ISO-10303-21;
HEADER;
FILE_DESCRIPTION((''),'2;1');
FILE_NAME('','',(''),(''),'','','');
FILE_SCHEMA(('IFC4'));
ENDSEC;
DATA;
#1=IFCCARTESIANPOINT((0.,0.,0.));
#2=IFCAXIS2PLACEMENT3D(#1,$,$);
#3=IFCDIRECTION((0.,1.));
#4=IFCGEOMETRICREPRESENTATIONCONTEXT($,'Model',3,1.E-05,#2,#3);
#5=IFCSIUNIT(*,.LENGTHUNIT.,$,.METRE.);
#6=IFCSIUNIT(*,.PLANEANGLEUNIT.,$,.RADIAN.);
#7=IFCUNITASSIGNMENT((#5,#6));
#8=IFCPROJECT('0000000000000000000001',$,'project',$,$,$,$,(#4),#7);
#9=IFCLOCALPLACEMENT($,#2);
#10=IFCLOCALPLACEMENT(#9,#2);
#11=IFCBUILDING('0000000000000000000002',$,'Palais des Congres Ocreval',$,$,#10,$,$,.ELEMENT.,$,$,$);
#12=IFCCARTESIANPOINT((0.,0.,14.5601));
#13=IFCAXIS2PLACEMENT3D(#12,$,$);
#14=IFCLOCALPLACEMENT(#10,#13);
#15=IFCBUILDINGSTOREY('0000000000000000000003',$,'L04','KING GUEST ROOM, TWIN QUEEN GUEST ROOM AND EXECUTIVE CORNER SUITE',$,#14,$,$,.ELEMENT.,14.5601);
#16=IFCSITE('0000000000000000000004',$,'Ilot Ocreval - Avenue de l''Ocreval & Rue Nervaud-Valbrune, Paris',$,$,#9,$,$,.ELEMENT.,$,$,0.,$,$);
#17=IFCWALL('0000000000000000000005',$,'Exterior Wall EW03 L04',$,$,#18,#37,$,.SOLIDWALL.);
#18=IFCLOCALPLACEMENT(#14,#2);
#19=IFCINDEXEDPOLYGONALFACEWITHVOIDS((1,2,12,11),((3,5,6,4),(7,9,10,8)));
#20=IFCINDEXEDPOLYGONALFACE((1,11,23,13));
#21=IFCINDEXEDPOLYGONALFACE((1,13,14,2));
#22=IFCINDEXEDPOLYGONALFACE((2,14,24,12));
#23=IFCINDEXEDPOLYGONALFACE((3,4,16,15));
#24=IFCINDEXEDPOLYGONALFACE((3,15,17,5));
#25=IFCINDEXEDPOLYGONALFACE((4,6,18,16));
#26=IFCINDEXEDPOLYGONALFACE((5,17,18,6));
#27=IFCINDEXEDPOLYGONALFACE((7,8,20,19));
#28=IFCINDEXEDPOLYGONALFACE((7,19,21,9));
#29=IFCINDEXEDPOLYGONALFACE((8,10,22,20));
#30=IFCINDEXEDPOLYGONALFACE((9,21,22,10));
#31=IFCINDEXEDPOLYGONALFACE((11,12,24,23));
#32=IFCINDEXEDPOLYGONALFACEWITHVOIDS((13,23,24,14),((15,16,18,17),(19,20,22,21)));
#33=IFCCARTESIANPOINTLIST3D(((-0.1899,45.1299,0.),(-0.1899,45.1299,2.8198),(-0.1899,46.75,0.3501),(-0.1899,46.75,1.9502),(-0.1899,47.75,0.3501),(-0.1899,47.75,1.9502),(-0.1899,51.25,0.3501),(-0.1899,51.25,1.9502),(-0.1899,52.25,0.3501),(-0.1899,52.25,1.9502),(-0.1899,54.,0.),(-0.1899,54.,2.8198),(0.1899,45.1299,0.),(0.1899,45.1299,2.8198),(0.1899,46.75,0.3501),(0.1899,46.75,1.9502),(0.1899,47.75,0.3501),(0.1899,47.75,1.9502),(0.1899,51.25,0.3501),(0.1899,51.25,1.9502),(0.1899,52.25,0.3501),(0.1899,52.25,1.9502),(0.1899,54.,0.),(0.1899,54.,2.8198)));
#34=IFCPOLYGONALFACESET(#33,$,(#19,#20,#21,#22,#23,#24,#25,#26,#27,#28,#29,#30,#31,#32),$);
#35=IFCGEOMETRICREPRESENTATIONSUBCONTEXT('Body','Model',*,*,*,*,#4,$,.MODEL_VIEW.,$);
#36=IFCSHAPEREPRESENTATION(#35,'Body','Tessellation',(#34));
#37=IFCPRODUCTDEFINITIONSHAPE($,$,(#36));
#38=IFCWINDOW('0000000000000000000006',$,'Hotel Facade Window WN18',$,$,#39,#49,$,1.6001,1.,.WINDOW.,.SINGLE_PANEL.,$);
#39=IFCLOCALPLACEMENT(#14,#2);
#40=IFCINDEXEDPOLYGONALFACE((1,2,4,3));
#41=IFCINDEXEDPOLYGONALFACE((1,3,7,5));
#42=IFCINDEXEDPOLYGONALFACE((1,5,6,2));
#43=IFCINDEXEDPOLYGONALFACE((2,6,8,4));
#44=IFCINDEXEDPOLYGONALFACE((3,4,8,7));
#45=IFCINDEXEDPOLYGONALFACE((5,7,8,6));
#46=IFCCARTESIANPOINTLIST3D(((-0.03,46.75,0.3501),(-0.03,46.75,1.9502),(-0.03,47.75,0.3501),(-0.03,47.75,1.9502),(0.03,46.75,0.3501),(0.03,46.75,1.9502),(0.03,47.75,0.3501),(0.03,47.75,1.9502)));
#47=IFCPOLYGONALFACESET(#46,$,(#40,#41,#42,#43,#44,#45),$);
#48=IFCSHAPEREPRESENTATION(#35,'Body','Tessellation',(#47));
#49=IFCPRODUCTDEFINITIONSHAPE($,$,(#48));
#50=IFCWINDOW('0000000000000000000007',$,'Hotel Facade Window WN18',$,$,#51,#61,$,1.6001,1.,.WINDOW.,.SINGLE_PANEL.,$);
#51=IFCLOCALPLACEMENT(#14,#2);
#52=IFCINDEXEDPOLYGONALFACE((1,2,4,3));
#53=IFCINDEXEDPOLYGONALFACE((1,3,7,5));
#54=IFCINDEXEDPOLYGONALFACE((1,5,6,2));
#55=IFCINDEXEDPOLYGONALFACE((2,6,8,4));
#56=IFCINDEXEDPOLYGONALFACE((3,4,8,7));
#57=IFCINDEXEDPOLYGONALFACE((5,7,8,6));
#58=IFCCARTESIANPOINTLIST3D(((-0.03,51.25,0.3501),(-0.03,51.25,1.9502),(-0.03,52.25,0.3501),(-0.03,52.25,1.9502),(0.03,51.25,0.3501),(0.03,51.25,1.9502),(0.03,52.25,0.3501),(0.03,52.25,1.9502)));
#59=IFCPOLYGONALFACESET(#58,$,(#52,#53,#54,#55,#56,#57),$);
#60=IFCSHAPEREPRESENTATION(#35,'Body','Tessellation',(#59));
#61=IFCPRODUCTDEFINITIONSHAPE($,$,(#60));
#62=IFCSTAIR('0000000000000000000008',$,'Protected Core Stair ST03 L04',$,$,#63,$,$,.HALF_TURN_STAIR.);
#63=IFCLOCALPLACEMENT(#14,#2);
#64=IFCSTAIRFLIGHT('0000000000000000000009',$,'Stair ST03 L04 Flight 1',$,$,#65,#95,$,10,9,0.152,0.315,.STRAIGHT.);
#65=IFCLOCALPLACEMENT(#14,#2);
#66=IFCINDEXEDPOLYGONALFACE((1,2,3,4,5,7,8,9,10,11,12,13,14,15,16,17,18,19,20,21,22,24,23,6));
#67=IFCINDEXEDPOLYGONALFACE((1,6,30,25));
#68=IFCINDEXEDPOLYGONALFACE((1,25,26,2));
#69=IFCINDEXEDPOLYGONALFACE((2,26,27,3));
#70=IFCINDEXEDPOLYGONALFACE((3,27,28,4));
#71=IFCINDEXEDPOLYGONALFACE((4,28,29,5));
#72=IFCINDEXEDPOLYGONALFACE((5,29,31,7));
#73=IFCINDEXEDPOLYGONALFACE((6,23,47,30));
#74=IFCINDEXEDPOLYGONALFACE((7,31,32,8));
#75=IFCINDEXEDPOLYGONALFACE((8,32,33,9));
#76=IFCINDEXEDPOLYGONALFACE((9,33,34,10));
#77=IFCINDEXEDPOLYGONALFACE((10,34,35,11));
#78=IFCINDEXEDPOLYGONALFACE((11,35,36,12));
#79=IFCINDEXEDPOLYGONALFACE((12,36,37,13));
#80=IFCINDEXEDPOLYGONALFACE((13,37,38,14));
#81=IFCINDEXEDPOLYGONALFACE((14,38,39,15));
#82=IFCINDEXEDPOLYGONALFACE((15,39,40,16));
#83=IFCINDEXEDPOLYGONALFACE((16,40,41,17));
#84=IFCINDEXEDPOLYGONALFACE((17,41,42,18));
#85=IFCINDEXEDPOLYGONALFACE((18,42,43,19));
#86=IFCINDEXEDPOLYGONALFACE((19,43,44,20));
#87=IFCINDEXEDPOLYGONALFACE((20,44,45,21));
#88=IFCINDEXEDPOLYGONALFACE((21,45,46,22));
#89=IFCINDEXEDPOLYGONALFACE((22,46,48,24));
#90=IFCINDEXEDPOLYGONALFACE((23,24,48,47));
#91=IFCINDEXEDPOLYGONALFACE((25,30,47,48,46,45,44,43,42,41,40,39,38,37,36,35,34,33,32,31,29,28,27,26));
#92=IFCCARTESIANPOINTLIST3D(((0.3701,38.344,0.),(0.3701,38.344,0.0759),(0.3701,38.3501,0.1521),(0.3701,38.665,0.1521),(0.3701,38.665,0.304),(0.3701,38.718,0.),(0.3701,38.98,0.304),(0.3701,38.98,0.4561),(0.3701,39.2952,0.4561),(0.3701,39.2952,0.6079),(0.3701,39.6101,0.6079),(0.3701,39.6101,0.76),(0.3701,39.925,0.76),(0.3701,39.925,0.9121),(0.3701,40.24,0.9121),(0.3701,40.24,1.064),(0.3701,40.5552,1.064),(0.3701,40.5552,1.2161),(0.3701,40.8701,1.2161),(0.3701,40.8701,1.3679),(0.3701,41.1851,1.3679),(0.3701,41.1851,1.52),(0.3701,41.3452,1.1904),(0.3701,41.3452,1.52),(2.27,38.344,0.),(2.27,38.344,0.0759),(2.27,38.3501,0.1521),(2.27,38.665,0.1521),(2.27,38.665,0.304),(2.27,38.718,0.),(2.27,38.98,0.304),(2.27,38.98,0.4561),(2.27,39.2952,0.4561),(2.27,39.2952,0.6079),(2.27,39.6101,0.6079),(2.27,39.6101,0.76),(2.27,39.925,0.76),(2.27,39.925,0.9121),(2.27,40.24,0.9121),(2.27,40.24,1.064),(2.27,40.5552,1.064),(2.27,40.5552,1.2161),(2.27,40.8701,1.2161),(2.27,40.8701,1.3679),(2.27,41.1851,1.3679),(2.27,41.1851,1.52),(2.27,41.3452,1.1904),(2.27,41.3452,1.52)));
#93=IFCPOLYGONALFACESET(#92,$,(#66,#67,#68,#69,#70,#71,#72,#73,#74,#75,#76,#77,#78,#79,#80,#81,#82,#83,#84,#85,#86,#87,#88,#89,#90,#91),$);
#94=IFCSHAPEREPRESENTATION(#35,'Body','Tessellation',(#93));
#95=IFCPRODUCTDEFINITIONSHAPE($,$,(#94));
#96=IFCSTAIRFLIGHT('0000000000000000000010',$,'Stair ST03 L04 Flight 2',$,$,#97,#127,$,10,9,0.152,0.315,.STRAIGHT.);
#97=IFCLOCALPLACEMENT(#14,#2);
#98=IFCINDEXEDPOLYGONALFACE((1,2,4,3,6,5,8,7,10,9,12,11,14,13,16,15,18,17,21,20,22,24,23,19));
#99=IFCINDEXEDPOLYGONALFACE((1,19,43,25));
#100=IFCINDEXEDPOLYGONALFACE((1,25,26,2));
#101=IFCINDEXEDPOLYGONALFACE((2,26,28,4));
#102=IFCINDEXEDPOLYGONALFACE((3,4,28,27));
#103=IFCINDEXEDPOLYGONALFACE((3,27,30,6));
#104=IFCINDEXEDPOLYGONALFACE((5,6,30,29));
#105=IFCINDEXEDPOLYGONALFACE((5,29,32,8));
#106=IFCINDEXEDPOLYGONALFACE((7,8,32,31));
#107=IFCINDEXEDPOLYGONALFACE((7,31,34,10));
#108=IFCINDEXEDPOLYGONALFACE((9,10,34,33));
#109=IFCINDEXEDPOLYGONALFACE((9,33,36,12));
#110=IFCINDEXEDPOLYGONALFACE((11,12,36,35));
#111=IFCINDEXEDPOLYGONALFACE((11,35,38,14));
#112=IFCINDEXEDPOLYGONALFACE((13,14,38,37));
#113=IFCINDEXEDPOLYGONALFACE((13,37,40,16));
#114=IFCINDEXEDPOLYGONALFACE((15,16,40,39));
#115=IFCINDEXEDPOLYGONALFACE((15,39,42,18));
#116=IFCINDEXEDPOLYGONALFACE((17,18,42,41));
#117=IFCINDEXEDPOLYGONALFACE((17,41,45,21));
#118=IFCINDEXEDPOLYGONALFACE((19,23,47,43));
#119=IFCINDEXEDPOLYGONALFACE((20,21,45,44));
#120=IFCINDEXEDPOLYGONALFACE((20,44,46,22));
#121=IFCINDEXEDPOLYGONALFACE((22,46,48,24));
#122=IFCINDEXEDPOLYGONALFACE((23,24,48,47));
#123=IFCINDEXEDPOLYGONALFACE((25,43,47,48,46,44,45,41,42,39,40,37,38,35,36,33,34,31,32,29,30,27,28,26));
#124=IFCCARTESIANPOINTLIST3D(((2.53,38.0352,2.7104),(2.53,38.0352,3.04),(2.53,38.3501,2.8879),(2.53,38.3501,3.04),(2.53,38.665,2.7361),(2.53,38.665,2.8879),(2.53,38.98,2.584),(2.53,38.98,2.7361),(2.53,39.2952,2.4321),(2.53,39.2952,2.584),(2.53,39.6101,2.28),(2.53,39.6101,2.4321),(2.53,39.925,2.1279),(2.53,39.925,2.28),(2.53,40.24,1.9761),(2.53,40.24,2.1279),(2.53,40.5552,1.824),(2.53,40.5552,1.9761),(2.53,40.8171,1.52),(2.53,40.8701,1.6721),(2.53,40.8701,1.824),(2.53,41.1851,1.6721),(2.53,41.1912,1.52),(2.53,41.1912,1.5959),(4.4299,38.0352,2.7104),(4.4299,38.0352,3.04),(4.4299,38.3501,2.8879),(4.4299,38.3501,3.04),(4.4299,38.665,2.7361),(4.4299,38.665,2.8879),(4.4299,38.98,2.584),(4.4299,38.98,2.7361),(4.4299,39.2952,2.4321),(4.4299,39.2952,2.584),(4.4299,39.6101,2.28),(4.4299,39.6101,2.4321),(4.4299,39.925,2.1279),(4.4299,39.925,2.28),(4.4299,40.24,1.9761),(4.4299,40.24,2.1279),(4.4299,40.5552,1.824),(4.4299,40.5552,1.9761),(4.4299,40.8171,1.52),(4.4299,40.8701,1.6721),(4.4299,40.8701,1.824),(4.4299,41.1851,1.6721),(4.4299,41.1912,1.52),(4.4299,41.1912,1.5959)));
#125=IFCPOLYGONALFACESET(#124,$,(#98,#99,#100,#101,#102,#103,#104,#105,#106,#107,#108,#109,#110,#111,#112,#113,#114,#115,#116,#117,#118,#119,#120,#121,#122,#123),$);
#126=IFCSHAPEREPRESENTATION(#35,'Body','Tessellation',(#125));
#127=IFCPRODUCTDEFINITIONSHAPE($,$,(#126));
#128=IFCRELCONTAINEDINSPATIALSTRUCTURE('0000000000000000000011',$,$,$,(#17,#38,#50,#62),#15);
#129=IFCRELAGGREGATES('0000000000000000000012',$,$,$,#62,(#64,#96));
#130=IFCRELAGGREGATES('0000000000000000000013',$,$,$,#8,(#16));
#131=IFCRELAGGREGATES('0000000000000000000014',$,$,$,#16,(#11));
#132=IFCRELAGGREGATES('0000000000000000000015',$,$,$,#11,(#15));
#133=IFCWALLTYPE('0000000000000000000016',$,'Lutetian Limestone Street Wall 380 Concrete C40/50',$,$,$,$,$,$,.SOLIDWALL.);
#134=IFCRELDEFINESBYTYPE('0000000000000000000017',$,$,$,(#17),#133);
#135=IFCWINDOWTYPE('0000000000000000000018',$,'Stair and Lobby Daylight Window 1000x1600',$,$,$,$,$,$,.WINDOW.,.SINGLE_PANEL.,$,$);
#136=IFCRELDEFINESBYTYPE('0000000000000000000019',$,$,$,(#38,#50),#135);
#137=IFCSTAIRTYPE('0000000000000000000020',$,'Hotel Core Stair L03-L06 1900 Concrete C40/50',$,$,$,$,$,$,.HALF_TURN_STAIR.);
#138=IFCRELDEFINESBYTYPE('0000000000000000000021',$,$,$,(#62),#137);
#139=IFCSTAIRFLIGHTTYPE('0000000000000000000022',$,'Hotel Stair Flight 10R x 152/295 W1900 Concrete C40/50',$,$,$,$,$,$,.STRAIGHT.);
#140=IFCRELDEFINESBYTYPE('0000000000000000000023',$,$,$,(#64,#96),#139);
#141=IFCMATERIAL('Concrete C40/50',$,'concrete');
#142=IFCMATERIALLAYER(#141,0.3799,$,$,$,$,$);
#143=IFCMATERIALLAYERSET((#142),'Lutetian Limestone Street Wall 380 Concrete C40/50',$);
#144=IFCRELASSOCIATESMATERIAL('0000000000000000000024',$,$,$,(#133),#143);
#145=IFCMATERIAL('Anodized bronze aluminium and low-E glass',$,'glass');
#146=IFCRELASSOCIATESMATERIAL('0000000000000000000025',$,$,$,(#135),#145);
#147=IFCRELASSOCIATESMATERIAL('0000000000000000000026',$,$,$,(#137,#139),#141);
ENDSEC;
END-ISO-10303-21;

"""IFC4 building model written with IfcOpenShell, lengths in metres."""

from ifc_helpers import new_model, si_unit, direction, frame, frame_2d, origin, place, context, subcontext, project, spatial, polyline, rectangle, outline, extrude, material, layer, layer_set, type_object, element, fill, aggregate, save


model = new_model("IFC4")

# Units and contexts
model_context = context("Model", 3, precision=1e-05, world=origin(), true_north=direction((0.0, 1.0)))
body_context = subcontext(model_context, "Body", "Model", "MODEL_VIEW")
ifc_project = project(units=[si_unit("LENGTHUNIT", "METRE"), si_unit("PLANEANGLEUNIT", "RADIAN")], contexts=[model_context])

# Site, building, storey
site_placement = place(None, origin())
site = spatial("IfcSite", under=ifc_project, at=site_placement, Name="Ilot Ocreval - Avenue de l'Ocreval & Rue Nervaud-Valbrune, Paris", CompositionType="ELEMENT", RefElevation=0.0)
building_placement = place(site_placement, origin())
building = spatial("IfcBuilding", under=site, at=building_placement, Name="Palais des Congres Ocreval", CompositionType="ELEMENT")
storey_placement = place(building_placement, frame((0.0, 0.0, 14.5601)))
storey = spatial("IfcBuildingStorey", under=building, at=storey_placement, Name="L04", Description="KING GUEST ROOM, TWIN QUEEN GUEST ROOM AND EXECUTIVE CORNER SUITE", CompositionType="ELEMENT", Elevation=14.5601)

# Shared definitions
ifc_material_1 = material(Name="Concrete C40/50", Category="concrete")

# Wall, openings, windows
ifc_layer_1 = layer(ifc_material_1, 0.3799)
ifc_layer_set_1 = layer_set([ifc_layer_1], Name="Lutetian Limestone Street Wall 380 Concrete C40/50")
wall_type_1 = type_object("IfcWallType", Name="Lutetian Limestone Street Wall 380 Concrete C40/50", PredefinedType="SOLIDWALL", material=ifc_layer_set_1)
wall_1_placement = place(storey_placement, frame((0.0, 45.1299, 0.0), z_axis=(0.0, 0.0, 1.0), x_axis=(0.0, 1.0, 0.0)))
wall_1 = element("IfcWall", 1, at=wall_1_placement, inside=storey, type_object=wall_type_1, Name="Exterior Wall EW03 L04", PredefinedType="SOLIDWALL", context=body_context, shape_type="SweptSolid", body=[
    extrude(rectangle(XDim=8.8701, YDim=0.3799, at=frame_2d((4.4351, 0.0))), origin(), (0.0, 0.0, 1.0), 2.8198),
])
opening_1_placement = place(wall_1_placement, frame((1.6201, 0.0, 0.3501)))
opening_1 = element("IfcOpeningElement", 2, at=opening_1_placement, cuts=wall_1, PredefinedType="OPENING", context=body_context, shape_type="SweptSolid", body=[
    extrude(rectangle(XDim=1.0, YDim=1.6001, at=frame_2d((0.5, 0.8))), frame((0.0, 0.2, 0.0), z_axis=(0.0, -1.0, 0.0), x_axis=(1.0, 0.0, 0.0)), (0.0, 0.0, 1.0), 0.3999),
])
opening_2_placement = place(wall_1_placement, frame((6.1201, 0.0, 0.3501)))
opening_2 = element("IfcOpeningElement", 3, at=opening_2_placement, cuts=wall_1, PredefinedType="OPENING", context=body_context, shape_type="SweptSolid", body=[
    extrude(rectangle(XDim=1.0, YDim=1.6001, at=frame_2d((0.5, 0.8))), frame((0.0, 0.2, 0.0), z_axis=(0.0, -1.0, 0.0), x_axis=(1.0, 0.0, 0.0)), (0.0, 0.0, 1.0), 0.3999),
])
ifc_material_2 = material(Name="Anodized bronze aluminium and low-E glass", Category="glass")
window_type = type_object("IfcWindowType", Name="Stair and Lobby Daylight Window 1000x1600", PartitioningType="SINGLE_PANEL", PredefinedType="WINDOW", material=ifc_material_2)
window_1_placement = place(opening_1_placement, origin())
window_1 = element("IfcWindow", 4, at=window_1_placement, inside=storey, type_object=window_type, Name="Hotel Facade Window WN18", OverallHeight=1.6001, OverallWidth=1.0, PartitioningType="SINGLE_PANEL", PredefinedType="WINDOW", context=body_context, shape_type="SweptSolid", body=[
    extrude(rectangle(XDim=1.0, YDim=1.6001, at=frame_2d((0.5, 0.8))), frame((0.0, 0.03, 0.0), z_axis=(0.0, -1.0, 0.0), x_axis=(1.0, 0.0, 0.0)), (0.0, 0.0, 1.0), 0.0601),
])
fill(opening_1, window_1)
window_2_placement = place(opening_2_placement, origin())
window_2 = element("IfcWindow", 5, at=window_2_placement, inside=storey, type_object=window_type, Name="Hotel Facade Window WN18", OverallHeight=1.6001, OverallWidth=1.0, PartitioningType="SINGLE_PANEL", PredefinedType="WINDOW", context=body_context, shape_type="SweptSolid", body=[
    extrude(rectangle(XDim=1.0, YDim=1.6001, at=frame_2d((0.5, 0.8))), frame((0.0, 0.03, 0.0), z_axis=(0.0, -1.0, 0.0), x_axis=(1.0, 0.0, 0.0)), (0.0, 0.0, 1.0), 0.0601),
])
fill(opening_2, window_2)

# Stair, stair flights
stair_type = type_object("IfcStairType", Name="Hotel Core Stair L03-L06 1900 Concrete C40/50", PredefinedType="HALF_TURN_STAIR", material=ifc_material_1)
stair_placement = place(storey_placement, origin())
stair = element("IfcStair", 6, at=stair_placement, inside=storey, type_object=stair_type, Name="Protected Core Stair ST03 L04", PredefinedType="HALF_TURN_STAIR")
stair_flight_type = type_object("IfcStairFlightType", Name="Hotel Stair Flight 10R x 152/295 W1900 Concrete C40/50", PredefinedType="STRAIGHT", material=ifc_material_1)
stair_flight_1_placement = place(storey_placement, frame((1.3201, 38.3501, 0.0), z_axis=(0.0, 0.0, 1.0), x_axis=(0.0, 1.0, 0.0)))
stair_flight_1 = element("IfcStairFlight", 7, at=stair_flight_1_placement, type_object=stair_flight_type, Name="Stair ST03 L04 Flight 1", NumberOfRisers=10, NumberOfTreads=9, PredefinedType="STRAIGHT", RiserHeight=0.152, TreadLength=0.315, context=body_context, shape_type="SweptSolid", body=[
    extrude(outline(polyline([(-0.0061, 0.0), (-0.0061, 0.0759), (0.0, 0.1521), (0.3149, 0.1521), (0.3149, 0.304), (0.6299, 0.304), (0.6299, 0.4561), (0.9451, 0.4561), (0.9451, 0.6079), (1.26, 0.6079), (1.26, 0.76), (1.575, 0.76), (1.575, 0.9121), (1.8899, 0.9121), (1.8899, 1.064), (2.2051, 1.064), (2.2051, 1.2161), (2.52, 1.2161), (2.52, 1.3679), (2.835, 1.3679), (2.835, 1.52), (2.9951, 1.52), (2.9951, 1.1904), (0.3679, 0.0), (-0.0061, 0.0)])), frame((0.0, 0.95, 0.0), z_axis=(0.0, -1.0, 0.0), x_axis=(1.0, 0.0, 0.0)), (0.0, 0.0, 1.0), 1.8999),
])
stair_flight_2_placement = place(storey_placement, frame((3.48, 41.1851, 1.52), z_axis=(0.0, 0.0, 1.0), x_axis=(0.0, -1.0, 0.0)))
stair_flight_2 = element("IfcStairFlight", 8, at=stair_flight_2_placement, type_object=stair_flight_type, Name="Stair ST03 L04 Flight 2", NumberOfRisers=10, NumberOfTreads=9, PredefinedType="STRAIGHT", RiserHeight=0.152, TreadLength=0.315, context=body_context, shape_type="SweptSolid", body=[
    extrude(outline(polyline([(-0.0061, 0.0), (-0.0061, 0.0759), (0.0, 0.1521), (0.3149, 0.1521), (0.3149, 0.304), (0.6299, 0.304), (0.6299, 0.4561), (0.9451, 0.4561), (0.9451, 0.6079), (1.26, 0.6079), (1.26, 0.76), (1.575, 0.76), (1.575, 0.9121), (1.8899, 0.9121), (1.8899, 1.064), (2.2051, 1.064), (2.2051, 1.2161), (2.52, 1.2161), (2.52, 1.3679), (2.835, 1.3679), (2.835, 1.52), (3.1499, 1.52), (3.1499, 1.1904), (0.3679, 0.0), (-0.0061, 0.0)])), frame((0.0, 0.95, 0.0), z_axis=(0.0, -1.0, 0.0), x_axis=(1.0, 0.0, 0.0)), (0.0, 0.0, 1.0), 1.8999),
])
aggregate(stair, [stair_flight_1, stair_flight_2])

save(model, "model.ifc")
